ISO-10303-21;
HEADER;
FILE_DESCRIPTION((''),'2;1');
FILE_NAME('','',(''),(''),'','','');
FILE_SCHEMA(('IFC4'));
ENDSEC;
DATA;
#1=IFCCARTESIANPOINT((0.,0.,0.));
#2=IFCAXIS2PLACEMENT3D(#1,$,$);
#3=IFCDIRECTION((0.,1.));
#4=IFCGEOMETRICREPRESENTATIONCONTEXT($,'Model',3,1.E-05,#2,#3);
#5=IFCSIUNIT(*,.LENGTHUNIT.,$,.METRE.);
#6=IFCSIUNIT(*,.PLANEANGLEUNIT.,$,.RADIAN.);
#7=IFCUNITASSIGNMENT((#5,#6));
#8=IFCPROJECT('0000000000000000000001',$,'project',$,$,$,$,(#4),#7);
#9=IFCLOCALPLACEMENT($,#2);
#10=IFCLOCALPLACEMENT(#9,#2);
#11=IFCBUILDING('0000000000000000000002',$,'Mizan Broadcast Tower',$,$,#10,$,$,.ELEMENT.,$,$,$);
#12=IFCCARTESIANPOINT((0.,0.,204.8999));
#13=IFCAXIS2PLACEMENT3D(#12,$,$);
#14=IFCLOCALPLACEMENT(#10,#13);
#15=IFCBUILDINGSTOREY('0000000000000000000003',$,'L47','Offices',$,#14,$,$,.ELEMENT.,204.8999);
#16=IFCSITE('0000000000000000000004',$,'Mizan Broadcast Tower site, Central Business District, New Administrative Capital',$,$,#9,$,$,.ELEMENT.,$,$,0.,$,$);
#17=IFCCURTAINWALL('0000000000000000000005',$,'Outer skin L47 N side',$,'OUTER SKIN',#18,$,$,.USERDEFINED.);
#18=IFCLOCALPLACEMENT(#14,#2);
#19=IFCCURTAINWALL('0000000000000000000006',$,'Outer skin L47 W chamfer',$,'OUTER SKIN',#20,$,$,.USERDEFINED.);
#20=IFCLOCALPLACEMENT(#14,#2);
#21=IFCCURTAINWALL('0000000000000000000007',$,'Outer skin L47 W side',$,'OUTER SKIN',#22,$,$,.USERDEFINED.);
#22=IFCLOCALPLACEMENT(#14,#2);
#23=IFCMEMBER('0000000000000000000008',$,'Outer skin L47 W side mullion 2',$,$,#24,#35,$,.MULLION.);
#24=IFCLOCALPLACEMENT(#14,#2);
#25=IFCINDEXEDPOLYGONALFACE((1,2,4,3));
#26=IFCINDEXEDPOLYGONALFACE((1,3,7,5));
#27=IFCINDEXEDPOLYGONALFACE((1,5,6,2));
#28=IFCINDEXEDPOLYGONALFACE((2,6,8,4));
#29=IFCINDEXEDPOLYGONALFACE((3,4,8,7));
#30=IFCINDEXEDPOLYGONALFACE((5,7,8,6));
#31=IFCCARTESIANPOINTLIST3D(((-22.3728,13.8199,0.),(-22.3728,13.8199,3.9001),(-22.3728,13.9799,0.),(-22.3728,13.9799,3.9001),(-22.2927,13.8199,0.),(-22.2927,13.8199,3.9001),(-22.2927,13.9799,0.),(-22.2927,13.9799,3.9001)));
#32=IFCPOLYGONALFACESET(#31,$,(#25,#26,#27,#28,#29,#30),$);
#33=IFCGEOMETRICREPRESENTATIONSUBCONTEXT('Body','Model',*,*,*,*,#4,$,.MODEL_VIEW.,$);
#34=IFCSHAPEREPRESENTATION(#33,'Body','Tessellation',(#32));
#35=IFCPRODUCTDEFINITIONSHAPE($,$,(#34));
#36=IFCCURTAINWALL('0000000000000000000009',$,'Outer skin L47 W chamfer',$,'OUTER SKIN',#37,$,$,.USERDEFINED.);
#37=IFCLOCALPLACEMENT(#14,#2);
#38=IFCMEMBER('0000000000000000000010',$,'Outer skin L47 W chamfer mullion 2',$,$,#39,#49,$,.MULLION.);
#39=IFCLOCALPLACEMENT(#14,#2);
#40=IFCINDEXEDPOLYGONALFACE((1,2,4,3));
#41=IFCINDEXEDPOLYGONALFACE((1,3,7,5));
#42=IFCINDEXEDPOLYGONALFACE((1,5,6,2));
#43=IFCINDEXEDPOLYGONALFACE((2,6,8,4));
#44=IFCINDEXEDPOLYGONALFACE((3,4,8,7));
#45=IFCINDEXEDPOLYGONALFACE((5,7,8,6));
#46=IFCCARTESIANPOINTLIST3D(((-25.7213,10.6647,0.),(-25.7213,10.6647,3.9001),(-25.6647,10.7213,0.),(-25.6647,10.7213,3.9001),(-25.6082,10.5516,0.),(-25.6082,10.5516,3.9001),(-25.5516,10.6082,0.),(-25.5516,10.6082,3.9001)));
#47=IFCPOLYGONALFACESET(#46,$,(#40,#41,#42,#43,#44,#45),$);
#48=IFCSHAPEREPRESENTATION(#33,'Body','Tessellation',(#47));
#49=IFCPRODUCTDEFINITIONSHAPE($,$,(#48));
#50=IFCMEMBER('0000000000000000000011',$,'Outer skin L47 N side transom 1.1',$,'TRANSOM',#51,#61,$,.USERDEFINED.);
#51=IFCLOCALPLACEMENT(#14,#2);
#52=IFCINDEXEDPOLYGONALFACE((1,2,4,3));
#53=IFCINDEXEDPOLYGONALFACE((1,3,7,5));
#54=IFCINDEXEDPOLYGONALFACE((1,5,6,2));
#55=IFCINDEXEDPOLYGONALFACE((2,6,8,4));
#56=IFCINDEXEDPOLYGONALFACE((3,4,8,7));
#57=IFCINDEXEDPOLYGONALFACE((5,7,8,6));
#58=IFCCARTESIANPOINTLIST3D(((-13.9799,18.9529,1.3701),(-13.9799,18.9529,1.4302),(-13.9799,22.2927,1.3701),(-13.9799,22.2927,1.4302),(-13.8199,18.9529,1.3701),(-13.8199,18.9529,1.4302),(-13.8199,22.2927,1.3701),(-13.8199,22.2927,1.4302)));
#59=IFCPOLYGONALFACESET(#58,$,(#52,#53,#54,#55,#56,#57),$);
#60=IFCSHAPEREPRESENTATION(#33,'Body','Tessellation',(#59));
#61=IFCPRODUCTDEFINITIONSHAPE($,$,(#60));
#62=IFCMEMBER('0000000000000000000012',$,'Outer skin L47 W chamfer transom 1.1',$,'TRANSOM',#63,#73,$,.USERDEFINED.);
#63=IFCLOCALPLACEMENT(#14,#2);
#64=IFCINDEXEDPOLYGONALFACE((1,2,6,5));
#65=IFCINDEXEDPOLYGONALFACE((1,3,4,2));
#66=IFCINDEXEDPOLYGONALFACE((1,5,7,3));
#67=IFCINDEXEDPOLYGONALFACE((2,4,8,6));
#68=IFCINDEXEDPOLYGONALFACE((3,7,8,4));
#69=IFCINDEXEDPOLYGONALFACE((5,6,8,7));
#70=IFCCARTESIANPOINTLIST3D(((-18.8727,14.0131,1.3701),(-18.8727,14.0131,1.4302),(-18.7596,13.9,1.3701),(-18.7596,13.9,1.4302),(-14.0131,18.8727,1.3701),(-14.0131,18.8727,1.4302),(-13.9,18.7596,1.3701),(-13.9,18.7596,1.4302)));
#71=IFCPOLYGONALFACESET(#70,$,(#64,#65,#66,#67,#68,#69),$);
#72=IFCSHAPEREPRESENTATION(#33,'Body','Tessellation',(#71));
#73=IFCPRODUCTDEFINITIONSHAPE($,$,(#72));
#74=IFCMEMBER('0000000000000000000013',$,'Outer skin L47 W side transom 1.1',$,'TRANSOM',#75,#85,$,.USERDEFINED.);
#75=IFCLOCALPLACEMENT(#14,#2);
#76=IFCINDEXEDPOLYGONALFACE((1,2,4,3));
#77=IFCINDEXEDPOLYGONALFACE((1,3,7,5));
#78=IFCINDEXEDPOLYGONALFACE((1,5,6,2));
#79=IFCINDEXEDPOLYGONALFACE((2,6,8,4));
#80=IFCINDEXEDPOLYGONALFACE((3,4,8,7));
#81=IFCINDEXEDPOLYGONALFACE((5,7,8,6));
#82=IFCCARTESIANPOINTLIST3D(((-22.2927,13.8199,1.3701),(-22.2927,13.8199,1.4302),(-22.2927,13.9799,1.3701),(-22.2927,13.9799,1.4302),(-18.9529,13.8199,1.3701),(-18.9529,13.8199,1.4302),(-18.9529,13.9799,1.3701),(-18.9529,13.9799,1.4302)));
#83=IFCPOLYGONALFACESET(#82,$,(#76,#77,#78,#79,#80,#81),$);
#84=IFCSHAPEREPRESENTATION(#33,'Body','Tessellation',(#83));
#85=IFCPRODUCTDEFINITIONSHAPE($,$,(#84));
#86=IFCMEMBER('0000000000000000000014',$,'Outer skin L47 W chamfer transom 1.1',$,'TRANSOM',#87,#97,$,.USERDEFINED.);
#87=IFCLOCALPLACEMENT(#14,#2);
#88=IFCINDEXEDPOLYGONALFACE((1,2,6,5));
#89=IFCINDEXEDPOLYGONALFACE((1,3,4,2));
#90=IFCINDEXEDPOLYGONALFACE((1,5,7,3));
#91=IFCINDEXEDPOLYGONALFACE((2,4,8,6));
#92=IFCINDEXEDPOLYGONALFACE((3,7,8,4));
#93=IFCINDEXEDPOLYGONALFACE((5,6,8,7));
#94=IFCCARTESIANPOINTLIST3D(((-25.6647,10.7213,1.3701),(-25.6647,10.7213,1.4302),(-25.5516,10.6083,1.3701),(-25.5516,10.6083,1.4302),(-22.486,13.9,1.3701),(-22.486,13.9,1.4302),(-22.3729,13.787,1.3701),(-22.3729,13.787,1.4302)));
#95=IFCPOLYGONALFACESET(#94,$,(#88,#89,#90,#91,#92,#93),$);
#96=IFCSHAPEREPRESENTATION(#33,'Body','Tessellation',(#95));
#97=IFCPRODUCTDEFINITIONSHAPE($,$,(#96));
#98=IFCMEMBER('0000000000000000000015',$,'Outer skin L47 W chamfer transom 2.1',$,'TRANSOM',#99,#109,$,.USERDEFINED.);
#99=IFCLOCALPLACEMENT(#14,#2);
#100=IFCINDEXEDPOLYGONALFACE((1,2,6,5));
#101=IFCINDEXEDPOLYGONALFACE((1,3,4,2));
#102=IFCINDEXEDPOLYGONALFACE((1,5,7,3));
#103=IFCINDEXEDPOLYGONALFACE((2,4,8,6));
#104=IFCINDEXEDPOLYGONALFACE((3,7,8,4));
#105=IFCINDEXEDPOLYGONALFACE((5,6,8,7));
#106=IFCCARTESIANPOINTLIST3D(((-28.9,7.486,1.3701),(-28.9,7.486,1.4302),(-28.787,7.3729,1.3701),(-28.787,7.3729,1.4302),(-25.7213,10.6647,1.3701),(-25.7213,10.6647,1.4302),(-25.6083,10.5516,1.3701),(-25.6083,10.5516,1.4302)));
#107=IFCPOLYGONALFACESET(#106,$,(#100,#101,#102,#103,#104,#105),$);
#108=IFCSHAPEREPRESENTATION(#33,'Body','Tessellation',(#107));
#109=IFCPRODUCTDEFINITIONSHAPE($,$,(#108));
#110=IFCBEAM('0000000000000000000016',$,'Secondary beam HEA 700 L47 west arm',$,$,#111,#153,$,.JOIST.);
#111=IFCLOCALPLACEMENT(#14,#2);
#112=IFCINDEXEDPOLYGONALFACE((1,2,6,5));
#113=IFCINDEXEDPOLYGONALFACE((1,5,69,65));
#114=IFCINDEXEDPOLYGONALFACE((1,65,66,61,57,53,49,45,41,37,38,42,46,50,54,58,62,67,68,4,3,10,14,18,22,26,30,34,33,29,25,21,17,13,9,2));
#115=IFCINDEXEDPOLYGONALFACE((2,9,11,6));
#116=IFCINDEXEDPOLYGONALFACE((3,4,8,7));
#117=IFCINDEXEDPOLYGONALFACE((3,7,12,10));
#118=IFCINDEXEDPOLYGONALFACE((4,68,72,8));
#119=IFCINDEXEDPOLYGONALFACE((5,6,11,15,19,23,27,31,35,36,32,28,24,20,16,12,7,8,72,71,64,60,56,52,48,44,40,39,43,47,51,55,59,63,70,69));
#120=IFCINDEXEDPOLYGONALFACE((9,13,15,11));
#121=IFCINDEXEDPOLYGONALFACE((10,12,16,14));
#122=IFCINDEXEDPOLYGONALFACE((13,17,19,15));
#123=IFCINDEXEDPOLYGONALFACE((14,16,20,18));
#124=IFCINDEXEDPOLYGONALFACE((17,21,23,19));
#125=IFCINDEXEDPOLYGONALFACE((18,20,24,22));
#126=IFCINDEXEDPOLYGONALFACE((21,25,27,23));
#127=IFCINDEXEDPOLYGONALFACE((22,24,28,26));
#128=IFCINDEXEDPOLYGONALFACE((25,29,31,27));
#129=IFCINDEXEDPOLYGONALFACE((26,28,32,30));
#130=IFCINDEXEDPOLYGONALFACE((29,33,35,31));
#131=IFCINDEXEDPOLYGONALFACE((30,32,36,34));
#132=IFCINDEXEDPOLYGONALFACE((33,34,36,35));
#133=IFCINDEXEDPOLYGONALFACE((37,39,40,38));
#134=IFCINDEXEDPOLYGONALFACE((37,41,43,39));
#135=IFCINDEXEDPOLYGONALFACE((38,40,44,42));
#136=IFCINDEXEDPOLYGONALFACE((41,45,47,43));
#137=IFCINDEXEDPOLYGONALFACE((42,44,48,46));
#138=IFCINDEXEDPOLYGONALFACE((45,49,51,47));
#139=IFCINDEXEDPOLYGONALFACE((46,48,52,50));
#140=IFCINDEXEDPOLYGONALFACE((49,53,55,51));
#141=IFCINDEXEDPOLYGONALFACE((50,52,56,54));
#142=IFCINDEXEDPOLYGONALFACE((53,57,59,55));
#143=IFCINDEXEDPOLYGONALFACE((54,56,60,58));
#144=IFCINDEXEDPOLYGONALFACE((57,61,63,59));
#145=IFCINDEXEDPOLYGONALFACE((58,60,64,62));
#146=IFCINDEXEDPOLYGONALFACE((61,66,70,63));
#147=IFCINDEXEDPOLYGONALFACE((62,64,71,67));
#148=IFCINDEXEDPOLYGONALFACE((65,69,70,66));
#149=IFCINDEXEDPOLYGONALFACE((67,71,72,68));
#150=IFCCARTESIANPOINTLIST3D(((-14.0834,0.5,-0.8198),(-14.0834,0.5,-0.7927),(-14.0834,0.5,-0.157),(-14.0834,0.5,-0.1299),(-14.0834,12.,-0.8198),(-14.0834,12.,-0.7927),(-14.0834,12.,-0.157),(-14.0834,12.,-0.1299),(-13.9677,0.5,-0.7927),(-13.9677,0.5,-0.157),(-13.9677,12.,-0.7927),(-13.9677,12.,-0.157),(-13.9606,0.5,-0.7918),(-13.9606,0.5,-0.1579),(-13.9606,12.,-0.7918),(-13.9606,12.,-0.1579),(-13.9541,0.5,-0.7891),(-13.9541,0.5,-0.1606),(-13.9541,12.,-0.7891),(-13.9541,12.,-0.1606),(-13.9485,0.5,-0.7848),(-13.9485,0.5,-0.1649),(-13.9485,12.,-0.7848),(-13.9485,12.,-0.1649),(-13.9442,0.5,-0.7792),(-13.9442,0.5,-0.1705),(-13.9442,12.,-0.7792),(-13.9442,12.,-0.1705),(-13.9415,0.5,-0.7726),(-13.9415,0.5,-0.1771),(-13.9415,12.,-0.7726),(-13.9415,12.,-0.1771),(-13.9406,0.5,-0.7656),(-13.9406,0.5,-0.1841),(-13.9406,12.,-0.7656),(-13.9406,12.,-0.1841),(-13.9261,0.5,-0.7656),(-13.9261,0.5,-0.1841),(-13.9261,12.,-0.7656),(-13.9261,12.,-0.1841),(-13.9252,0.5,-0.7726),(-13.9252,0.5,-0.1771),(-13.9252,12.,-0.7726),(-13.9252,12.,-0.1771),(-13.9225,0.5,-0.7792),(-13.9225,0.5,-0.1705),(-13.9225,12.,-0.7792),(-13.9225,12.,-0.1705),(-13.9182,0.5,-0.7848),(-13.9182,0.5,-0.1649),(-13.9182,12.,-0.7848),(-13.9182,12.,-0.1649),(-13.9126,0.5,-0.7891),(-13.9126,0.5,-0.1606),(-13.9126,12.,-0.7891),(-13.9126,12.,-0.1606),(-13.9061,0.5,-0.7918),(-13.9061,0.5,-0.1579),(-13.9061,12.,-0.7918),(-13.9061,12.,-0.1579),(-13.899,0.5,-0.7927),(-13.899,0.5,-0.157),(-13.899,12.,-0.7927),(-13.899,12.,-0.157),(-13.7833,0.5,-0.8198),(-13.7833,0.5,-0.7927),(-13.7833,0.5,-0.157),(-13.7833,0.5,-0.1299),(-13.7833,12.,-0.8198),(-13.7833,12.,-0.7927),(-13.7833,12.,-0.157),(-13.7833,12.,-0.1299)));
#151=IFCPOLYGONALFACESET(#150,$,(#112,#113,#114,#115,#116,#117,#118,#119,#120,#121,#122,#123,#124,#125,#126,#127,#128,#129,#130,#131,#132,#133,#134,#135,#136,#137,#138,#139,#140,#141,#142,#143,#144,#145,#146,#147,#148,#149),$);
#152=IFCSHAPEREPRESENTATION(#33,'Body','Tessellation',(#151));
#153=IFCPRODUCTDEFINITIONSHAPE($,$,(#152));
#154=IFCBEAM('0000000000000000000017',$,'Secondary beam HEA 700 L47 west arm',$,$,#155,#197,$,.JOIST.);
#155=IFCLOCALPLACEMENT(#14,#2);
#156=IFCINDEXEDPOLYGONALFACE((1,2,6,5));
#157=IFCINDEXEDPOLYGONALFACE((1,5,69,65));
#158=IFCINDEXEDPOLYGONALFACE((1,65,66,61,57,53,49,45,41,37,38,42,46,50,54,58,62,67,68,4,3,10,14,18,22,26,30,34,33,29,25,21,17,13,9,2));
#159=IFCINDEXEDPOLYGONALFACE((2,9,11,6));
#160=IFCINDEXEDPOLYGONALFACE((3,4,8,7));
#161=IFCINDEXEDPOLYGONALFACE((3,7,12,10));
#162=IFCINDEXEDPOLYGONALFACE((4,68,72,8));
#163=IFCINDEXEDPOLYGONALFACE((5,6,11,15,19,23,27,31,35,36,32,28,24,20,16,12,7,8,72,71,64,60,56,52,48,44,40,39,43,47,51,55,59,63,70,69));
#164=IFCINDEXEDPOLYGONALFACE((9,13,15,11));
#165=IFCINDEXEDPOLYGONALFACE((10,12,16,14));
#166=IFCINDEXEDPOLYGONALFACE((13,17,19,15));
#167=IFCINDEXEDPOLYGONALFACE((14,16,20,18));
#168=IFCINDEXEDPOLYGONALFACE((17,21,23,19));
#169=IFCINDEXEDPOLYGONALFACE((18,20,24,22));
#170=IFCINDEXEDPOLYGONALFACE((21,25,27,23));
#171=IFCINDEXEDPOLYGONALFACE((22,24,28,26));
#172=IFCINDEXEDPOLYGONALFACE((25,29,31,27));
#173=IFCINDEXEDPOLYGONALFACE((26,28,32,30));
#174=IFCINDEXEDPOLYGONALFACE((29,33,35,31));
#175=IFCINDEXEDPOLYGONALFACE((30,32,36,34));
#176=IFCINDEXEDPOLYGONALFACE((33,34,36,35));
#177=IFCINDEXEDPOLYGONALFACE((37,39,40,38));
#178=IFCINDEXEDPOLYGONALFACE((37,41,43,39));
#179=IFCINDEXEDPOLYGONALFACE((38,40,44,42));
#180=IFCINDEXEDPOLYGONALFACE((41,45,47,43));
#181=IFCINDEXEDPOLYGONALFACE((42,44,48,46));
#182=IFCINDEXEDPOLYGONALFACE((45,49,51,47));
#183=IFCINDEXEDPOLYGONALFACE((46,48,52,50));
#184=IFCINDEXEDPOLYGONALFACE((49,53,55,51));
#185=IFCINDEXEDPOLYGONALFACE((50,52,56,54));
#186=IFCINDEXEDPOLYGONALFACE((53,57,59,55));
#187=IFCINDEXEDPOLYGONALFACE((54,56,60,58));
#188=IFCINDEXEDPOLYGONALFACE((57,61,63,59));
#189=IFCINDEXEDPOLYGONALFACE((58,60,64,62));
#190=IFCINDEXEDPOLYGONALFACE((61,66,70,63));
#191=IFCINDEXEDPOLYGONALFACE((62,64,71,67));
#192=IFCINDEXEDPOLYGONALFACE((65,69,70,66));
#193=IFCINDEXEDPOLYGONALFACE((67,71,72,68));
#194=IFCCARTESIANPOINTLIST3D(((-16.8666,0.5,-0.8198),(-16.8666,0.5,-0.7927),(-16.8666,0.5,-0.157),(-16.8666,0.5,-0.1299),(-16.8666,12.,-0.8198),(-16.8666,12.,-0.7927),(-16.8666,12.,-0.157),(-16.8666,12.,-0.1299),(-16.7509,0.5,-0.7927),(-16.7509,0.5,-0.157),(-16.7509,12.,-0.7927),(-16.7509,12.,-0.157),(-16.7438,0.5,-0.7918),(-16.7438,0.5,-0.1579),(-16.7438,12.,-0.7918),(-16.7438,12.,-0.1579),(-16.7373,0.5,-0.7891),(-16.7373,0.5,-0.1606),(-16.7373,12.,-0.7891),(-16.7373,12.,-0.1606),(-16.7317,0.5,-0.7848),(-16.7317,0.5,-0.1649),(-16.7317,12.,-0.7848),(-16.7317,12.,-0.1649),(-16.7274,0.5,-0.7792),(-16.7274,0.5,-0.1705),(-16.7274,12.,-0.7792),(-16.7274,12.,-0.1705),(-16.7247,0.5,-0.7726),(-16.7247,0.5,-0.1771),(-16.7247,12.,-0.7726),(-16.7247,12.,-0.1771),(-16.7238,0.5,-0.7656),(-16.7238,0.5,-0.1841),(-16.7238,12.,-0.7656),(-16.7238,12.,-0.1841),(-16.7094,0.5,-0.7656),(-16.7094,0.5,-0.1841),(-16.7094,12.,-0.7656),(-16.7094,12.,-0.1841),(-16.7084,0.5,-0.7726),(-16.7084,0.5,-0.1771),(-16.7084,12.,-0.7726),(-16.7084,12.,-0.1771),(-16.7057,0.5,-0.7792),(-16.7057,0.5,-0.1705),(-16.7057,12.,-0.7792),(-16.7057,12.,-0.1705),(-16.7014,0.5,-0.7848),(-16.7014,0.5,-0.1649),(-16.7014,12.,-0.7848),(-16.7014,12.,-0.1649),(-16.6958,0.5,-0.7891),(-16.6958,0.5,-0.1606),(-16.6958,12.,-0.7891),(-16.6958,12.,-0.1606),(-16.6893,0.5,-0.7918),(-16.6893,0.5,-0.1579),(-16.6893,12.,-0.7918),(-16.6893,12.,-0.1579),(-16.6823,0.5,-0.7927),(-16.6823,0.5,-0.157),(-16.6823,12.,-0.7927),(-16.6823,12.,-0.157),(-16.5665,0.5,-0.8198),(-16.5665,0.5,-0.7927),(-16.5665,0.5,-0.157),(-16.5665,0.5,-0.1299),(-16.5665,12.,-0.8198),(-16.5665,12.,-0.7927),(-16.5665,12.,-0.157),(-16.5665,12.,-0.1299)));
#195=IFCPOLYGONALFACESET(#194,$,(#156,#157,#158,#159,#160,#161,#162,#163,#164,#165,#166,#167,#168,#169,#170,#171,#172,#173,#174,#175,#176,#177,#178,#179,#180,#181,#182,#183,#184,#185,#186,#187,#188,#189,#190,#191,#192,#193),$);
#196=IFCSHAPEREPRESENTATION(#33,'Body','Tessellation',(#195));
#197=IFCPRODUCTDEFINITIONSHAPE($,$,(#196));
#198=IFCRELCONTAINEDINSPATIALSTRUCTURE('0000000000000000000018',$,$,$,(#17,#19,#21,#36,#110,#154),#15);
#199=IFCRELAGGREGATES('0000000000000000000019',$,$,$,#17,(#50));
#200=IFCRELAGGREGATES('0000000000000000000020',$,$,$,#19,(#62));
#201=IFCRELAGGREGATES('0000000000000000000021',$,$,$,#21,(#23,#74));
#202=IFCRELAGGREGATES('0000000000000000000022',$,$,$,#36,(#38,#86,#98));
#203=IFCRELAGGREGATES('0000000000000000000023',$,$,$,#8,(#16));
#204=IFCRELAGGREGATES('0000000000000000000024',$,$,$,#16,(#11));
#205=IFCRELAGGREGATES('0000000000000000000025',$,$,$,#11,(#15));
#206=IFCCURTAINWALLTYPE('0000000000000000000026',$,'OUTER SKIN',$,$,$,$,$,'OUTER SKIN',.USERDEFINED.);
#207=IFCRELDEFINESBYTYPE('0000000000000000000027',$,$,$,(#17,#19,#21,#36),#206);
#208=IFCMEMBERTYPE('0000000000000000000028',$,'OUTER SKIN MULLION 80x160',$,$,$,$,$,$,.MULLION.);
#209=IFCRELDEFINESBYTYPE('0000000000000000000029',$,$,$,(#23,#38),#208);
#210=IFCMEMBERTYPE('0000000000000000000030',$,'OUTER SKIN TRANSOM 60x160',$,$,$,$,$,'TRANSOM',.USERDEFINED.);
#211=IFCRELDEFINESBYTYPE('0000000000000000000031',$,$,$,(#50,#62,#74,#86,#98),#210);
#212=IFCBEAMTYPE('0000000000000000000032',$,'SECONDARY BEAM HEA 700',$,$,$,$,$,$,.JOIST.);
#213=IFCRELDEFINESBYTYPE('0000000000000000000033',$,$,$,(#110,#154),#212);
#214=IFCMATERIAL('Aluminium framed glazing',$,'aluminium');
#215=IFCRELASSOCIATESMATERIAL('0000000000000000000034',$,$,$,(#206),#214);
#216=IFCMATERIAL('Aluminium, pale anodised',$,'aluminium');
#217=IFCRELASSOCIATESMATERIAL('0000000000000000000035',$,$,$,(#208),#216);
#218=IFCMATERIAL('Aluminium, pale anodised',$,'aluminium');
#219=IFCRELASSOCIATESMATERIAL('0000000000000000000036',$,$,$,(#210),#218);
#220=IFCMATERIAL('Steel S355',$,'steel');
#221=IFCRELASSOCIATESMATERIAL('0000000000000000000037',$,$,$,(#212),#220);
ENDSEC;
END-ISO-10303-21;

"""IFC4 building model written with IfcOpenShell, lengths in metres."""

from ifc_helpers import new_model, si_unit, direction, frame, origin, origin_2d, place, context, subcontext, project, spatial, rectangle, i_section, extrude, material, material_profile, profile_set, type_object, element, aggregate, save


model = new_model("IFC4")

# Units and contexts
model_context = context("Model", 3, precision=1e-05, world=origin(), true_north=direction((0.0, 1.0)))
body_context = subcontext(model_context, "Body", "Model", "MODEL_VIEW")
ifc_project = project(units=[si_unit("LENGTHUNIT", "METRE"), si_unit("PLANEANGLEUNIT", "RADIAN")], contexts=[model_context])

# Site, building, storey
site_placement = place(None, origin())
site = spatial("IfcSite", under=ifc_project, at=site_placement, Name="Mizan Broadcast Tower site, Central Business District, New Administrative Capital", CompositionType="ELEMENT", RefElevation=0.0)
building_placement = place(site_placement, origin())
building = spatial("IfcBuilding", under=site, at=building_placement, Name="Mizan Broadcast Tower", CompositionType="ELEMENT")
storey_placement = place(building_placement, frame((0.0, 0.0, 204.8999)))
storey = spatial("IfcBuildingStorey", under=building, at=storey_placement, Name="L47", Description="Offices", CompositionType="ELEMENT", Elevation=204.8999)

# Curtain walls, members
ifc_material_1 = material(Name="Aluminium framed glazing", Category="aluminium")
curtain_wall_type_1 = type_object("IfcCurtainWallType", Name="OUTER SKIN", ElementType="OUTER SKIN", PredefinedType="USERDEFINED", material=ifc_material_1)
ifc_material_2 = material(Name="Aluminium, pale anodised", Category="aluminium")
ifc_material_profile_1 = material_profile(ifc_material_2, rectangle(XDim=0.1599, YDim=0.0801, at=origin_2d()), Name="MULLION 160x80")
ifc_profile_set_1 = profile_set([ifc_material_profile_1], Name="Aluminium, pale anodised")
member_type_1 = type_object("IfcMemberType", Name="OUTER SKIN MULLION 80x160", PredefinedType="MULLION", material=ifc_profile_set_1)
curtain_wall_1_placement = place(storey_placement, origin())
curtain_wall_1 = element("IfcCurtainWall", 1, at=curtain_wall_1_placement, inside=storey, type_object=curtain_wall_type_1, Name="Outer skin L47 N side", ObjectType="OUTER SKIN", PredefinedType="USERDEFINED")
curtain_wall_2_placement = place(storey_placement, origin())
curtain_wall_2 = element("IfcCurtainWall", 2, at=curtain_wall_2_placement, inside=storey, type_object=curtain_wall_type_1, Name="Outer skin L47 W chamfer", ObjectType="OUTER SKIN", PredefinedType="USERDEFINED")
curtain_wall_3_placement = place(storey_placement, origin())
curtain_wall_3 = element("IfcCurtainWall", 3, at=curtain_wall_3_placement, inside=storey, type_object=curtain_wall_type_1, Name="Outer skin L47 W side", ObjectType="OUTER SKIN", PredefinedType="USERDEFINED")
member_1_placement = place(storey_placement, frame((-22.3328, 13.8999, 0.0), z_axis=(0.0, 0.0, 1.0), x_axis=(0.0, -1.0, 0.0)))
member_1 = element("IfcMember", 4, at=member_1_placement, type_object=member_type_1, Name="Outer skin L47 W side mullion 2", PredefinedType="MULLION", context=body_context, shape_type="SweptSolid", body=[
    extrude(rectangle(XDim=0.1599, YDim=0.0801, at=origin_2d()), origin(), (0.0, 0.0, 1.0), 3.9001),
])
curtain_wall_4_placement = place(storey_placement, origin())
curtain_wall_4 = element("IfcCurtainWall", 5, at=curtain_wall_4_placement, inside=storey, type_object=curtain_wall_type_1, Name="Outer skin L47 W chamfer", ObjectType="OUTER SKIN", PredefinedType="USERDEFINED")
member_2_placement = place(storey_placement, frame((-25.6365, 10.6365, 0.0), z_axis=(0.0, 0.0, 1.0), x_axis=(0.707107, -0.707107, 0.0)))
member_2 = element("IfcMember", 6, at=member_2_placement, type_object=member_type_1, Name="Outer skin L47 W chamfer mullion 2", PredefinedType="MULLION", context=body_context, shape_type="SweptSolid", body=[
    extrude(rectangle(XDim=0.1599, YDim=0.0801, at=origin_2d()), origin(), (0.0, 0.0, 1.0), 3.9001),
])

# Members
ifc_material_3 = material(Name="Aluminium, pale anodised", Category="aluminium")
ifc_material_profile_2 = material_profile(ifc_material_3, rectangle(XDim=0.1599, YDim=0.0601, at=origin_2d()), Name="TRANSOM 160x60")
ifc_profile_set_2 = profile_set([ifc_material_profile_2], Name="Aluminium, pale anodised")
member_type_2 = type_object("IfcMemberType", Name="OUTER SKIN TRANSOM 60x160", ElementType="TRANSOM", PredefinedType="USERDEFINED", material=ifc_profile_set_2)
member_3_placement = place(storey_placement, frame((-13.8999, 22.2927, 1.4001), z_axis=(0.0, -1.0, 0.0), x_axis=(1.0, 0.0, 0.0)))
member_3 = element("IfcMember", 7, at=member_3_placement, type_object=member_type_2, Name="Outer skin L47 N side transom 1.1", ObjectType="TRANSOM", PredefinedType="USERDEFINED", context=body_context, shape_type="SweptSolid", body=[
    extrude(rectangle(XDim=0.1599, YDim=0.0601, at=origin_2d()), origin(), (0.0, 0.0, 1.0), 3.3398),
])
member_4_placement = place(storey_placement, frame((-13.9565, 18.8162, 1.4001), z_axis=(-0.707107, -0.707107, 0.0), x_axis=(0.707107, -0.707107, 0.0)))
member_4 = element("IfcMember", 8, at=member_4_placement, type_object=member_type_2, Name="Outer skin L47 W chamfer transom 1.1", ObjectType="TRANSOM", PredefinedType="USERDEFINED", context=body_context, shape_type="SweptSolid", body=[
    extrude(rectangle(XDim=0.1599, YDim=0.0601, at=origin_2d()), origin(), (0.0, 0.0, 1.0), 6.8726),
])
member_5_placement = place(storey_placement, frame((-18.9529, 13.8999, 1.4001), z_axis=(-1.0, 0.0, 0.0), x_axis=(0.0, -1.0, 0.0)))
member_5 = element("IfcMember", 9, at=member_5_placement, type_object=member_type_2, Name="Outer skin L47 W side transom 1.1", ObjectType="TRANSOM", PredefinedType="USERDEFINED", context=body_context, shape_type="SweptSolid", body=[
    extrude(rectangle(XDim=0.1599, YDim=0.0601, at=origin_2d()), origin(), (0.0, 0.0, 1.0), 3.3398),
])
member_6_placement = place(storey_placement, frame((-22.4294, 13.8435, 1.4001), z_axis=(-0.707107, -0.707107, 0.0), x_axis=(0.707107, -0.707107, 0.0)))
member_6 = element("IfcMember", 10, at=member_6_placement, type_object=member_type_2, Name="Outer skin L47 W chamfer transom 1.1", ObjectType="TRANSOM", PredefinedType="USERDEFINED", context=body_context, shape_type="SweptSolid", body=[
    extrude(rectangle(XDim=0.1599, YDim=0.0601, at=origin_2d()), origin(), (0.0, 0.0, 1.0), 4.4954),
])
member_7_placement = place(storey_placement, frame((-25.6648, 10.6082, 1.4001), z_axis=(-0.707107, -0.707107, 0.0), x_axis=(0.707107, -0.707107, 0.0)))
member_7 = element("IfcMember", 11, at=member_7_placement, type_object=member_type_2, Name="Outer skin L47 W chamfer transom 2.1", ObjectType="TRANSOM", PredefinedType="USERDEFINED", context=body_context, shape_type="SweptSolid", body=[
    extrude(rectangle(XDim=0.1599, YDim=0.0601, at=origin_2d()), origin(), (0.0, 0.0, 1.0), 4.4954),
])

# Beams
ifc_material_4 = material(Name="Steel S355", Category="steel")
ifc_material_profile_3 = material_profile(ifc_material_4, i_section(OverallWidth=0.3, OverallDepth=0.6899, WebThickness=0.0144, FlangeThickness=0.0271, FilletRadius=0.0271, at=origin_2d()), Name="HEA 700")
ifc_profile_set_3 = profile_set([ifc_material_profile_3], Name="Steel S355")
beam_type_1 = type_object("IfcBeamType", Name="SECONDARY BEAM HEA 700", PredefinedType="JOIST", material=ifc_profile_set_3)
for number, where, z_axis, x_axis, name in (
    (12, (-13.9333, 12.0, -0.4749), (0.0, -1.0, 0.0), (1.0, 0.0, 0.0), "Secondary beam HEA 700 L47 west arm"),
    (13, (-16.7166, 12.0, -0.4749), (0.0, -1.0, 0.0), (1.0, 0.0, 0.0), "Secondary beam HEA 700 L47 west arm"),
):
    element("IfcBeam", number, at=place(storey_placement, frame(where, z_axis=z_axis, x_axis=x_axis)), inside=storey, type_object=beam_type_1, Name=name, PredefinedType="JOIST", context=body_context, shape_type="SweptSolid", body=[
        extrude(i_section(OverallWidth=0.3, OverallDepth=0.6899, WebThickness=0.0144, FlangeThickness=0.0271, FilletRadius=0.0271, at=origin_2d()), origin(), (0.0, 0.0, 1.0), 11.5),
    ])

aggregate(curtain_wall_1, [member_3])
aggregate(curtain_wall_2, [member_4])
aggregate(curtain_wall_3, [member_1, member_5])
aggregate(curtain_wall_4, [member_2, member_6, member_7])

save(model, "model.ifc")
